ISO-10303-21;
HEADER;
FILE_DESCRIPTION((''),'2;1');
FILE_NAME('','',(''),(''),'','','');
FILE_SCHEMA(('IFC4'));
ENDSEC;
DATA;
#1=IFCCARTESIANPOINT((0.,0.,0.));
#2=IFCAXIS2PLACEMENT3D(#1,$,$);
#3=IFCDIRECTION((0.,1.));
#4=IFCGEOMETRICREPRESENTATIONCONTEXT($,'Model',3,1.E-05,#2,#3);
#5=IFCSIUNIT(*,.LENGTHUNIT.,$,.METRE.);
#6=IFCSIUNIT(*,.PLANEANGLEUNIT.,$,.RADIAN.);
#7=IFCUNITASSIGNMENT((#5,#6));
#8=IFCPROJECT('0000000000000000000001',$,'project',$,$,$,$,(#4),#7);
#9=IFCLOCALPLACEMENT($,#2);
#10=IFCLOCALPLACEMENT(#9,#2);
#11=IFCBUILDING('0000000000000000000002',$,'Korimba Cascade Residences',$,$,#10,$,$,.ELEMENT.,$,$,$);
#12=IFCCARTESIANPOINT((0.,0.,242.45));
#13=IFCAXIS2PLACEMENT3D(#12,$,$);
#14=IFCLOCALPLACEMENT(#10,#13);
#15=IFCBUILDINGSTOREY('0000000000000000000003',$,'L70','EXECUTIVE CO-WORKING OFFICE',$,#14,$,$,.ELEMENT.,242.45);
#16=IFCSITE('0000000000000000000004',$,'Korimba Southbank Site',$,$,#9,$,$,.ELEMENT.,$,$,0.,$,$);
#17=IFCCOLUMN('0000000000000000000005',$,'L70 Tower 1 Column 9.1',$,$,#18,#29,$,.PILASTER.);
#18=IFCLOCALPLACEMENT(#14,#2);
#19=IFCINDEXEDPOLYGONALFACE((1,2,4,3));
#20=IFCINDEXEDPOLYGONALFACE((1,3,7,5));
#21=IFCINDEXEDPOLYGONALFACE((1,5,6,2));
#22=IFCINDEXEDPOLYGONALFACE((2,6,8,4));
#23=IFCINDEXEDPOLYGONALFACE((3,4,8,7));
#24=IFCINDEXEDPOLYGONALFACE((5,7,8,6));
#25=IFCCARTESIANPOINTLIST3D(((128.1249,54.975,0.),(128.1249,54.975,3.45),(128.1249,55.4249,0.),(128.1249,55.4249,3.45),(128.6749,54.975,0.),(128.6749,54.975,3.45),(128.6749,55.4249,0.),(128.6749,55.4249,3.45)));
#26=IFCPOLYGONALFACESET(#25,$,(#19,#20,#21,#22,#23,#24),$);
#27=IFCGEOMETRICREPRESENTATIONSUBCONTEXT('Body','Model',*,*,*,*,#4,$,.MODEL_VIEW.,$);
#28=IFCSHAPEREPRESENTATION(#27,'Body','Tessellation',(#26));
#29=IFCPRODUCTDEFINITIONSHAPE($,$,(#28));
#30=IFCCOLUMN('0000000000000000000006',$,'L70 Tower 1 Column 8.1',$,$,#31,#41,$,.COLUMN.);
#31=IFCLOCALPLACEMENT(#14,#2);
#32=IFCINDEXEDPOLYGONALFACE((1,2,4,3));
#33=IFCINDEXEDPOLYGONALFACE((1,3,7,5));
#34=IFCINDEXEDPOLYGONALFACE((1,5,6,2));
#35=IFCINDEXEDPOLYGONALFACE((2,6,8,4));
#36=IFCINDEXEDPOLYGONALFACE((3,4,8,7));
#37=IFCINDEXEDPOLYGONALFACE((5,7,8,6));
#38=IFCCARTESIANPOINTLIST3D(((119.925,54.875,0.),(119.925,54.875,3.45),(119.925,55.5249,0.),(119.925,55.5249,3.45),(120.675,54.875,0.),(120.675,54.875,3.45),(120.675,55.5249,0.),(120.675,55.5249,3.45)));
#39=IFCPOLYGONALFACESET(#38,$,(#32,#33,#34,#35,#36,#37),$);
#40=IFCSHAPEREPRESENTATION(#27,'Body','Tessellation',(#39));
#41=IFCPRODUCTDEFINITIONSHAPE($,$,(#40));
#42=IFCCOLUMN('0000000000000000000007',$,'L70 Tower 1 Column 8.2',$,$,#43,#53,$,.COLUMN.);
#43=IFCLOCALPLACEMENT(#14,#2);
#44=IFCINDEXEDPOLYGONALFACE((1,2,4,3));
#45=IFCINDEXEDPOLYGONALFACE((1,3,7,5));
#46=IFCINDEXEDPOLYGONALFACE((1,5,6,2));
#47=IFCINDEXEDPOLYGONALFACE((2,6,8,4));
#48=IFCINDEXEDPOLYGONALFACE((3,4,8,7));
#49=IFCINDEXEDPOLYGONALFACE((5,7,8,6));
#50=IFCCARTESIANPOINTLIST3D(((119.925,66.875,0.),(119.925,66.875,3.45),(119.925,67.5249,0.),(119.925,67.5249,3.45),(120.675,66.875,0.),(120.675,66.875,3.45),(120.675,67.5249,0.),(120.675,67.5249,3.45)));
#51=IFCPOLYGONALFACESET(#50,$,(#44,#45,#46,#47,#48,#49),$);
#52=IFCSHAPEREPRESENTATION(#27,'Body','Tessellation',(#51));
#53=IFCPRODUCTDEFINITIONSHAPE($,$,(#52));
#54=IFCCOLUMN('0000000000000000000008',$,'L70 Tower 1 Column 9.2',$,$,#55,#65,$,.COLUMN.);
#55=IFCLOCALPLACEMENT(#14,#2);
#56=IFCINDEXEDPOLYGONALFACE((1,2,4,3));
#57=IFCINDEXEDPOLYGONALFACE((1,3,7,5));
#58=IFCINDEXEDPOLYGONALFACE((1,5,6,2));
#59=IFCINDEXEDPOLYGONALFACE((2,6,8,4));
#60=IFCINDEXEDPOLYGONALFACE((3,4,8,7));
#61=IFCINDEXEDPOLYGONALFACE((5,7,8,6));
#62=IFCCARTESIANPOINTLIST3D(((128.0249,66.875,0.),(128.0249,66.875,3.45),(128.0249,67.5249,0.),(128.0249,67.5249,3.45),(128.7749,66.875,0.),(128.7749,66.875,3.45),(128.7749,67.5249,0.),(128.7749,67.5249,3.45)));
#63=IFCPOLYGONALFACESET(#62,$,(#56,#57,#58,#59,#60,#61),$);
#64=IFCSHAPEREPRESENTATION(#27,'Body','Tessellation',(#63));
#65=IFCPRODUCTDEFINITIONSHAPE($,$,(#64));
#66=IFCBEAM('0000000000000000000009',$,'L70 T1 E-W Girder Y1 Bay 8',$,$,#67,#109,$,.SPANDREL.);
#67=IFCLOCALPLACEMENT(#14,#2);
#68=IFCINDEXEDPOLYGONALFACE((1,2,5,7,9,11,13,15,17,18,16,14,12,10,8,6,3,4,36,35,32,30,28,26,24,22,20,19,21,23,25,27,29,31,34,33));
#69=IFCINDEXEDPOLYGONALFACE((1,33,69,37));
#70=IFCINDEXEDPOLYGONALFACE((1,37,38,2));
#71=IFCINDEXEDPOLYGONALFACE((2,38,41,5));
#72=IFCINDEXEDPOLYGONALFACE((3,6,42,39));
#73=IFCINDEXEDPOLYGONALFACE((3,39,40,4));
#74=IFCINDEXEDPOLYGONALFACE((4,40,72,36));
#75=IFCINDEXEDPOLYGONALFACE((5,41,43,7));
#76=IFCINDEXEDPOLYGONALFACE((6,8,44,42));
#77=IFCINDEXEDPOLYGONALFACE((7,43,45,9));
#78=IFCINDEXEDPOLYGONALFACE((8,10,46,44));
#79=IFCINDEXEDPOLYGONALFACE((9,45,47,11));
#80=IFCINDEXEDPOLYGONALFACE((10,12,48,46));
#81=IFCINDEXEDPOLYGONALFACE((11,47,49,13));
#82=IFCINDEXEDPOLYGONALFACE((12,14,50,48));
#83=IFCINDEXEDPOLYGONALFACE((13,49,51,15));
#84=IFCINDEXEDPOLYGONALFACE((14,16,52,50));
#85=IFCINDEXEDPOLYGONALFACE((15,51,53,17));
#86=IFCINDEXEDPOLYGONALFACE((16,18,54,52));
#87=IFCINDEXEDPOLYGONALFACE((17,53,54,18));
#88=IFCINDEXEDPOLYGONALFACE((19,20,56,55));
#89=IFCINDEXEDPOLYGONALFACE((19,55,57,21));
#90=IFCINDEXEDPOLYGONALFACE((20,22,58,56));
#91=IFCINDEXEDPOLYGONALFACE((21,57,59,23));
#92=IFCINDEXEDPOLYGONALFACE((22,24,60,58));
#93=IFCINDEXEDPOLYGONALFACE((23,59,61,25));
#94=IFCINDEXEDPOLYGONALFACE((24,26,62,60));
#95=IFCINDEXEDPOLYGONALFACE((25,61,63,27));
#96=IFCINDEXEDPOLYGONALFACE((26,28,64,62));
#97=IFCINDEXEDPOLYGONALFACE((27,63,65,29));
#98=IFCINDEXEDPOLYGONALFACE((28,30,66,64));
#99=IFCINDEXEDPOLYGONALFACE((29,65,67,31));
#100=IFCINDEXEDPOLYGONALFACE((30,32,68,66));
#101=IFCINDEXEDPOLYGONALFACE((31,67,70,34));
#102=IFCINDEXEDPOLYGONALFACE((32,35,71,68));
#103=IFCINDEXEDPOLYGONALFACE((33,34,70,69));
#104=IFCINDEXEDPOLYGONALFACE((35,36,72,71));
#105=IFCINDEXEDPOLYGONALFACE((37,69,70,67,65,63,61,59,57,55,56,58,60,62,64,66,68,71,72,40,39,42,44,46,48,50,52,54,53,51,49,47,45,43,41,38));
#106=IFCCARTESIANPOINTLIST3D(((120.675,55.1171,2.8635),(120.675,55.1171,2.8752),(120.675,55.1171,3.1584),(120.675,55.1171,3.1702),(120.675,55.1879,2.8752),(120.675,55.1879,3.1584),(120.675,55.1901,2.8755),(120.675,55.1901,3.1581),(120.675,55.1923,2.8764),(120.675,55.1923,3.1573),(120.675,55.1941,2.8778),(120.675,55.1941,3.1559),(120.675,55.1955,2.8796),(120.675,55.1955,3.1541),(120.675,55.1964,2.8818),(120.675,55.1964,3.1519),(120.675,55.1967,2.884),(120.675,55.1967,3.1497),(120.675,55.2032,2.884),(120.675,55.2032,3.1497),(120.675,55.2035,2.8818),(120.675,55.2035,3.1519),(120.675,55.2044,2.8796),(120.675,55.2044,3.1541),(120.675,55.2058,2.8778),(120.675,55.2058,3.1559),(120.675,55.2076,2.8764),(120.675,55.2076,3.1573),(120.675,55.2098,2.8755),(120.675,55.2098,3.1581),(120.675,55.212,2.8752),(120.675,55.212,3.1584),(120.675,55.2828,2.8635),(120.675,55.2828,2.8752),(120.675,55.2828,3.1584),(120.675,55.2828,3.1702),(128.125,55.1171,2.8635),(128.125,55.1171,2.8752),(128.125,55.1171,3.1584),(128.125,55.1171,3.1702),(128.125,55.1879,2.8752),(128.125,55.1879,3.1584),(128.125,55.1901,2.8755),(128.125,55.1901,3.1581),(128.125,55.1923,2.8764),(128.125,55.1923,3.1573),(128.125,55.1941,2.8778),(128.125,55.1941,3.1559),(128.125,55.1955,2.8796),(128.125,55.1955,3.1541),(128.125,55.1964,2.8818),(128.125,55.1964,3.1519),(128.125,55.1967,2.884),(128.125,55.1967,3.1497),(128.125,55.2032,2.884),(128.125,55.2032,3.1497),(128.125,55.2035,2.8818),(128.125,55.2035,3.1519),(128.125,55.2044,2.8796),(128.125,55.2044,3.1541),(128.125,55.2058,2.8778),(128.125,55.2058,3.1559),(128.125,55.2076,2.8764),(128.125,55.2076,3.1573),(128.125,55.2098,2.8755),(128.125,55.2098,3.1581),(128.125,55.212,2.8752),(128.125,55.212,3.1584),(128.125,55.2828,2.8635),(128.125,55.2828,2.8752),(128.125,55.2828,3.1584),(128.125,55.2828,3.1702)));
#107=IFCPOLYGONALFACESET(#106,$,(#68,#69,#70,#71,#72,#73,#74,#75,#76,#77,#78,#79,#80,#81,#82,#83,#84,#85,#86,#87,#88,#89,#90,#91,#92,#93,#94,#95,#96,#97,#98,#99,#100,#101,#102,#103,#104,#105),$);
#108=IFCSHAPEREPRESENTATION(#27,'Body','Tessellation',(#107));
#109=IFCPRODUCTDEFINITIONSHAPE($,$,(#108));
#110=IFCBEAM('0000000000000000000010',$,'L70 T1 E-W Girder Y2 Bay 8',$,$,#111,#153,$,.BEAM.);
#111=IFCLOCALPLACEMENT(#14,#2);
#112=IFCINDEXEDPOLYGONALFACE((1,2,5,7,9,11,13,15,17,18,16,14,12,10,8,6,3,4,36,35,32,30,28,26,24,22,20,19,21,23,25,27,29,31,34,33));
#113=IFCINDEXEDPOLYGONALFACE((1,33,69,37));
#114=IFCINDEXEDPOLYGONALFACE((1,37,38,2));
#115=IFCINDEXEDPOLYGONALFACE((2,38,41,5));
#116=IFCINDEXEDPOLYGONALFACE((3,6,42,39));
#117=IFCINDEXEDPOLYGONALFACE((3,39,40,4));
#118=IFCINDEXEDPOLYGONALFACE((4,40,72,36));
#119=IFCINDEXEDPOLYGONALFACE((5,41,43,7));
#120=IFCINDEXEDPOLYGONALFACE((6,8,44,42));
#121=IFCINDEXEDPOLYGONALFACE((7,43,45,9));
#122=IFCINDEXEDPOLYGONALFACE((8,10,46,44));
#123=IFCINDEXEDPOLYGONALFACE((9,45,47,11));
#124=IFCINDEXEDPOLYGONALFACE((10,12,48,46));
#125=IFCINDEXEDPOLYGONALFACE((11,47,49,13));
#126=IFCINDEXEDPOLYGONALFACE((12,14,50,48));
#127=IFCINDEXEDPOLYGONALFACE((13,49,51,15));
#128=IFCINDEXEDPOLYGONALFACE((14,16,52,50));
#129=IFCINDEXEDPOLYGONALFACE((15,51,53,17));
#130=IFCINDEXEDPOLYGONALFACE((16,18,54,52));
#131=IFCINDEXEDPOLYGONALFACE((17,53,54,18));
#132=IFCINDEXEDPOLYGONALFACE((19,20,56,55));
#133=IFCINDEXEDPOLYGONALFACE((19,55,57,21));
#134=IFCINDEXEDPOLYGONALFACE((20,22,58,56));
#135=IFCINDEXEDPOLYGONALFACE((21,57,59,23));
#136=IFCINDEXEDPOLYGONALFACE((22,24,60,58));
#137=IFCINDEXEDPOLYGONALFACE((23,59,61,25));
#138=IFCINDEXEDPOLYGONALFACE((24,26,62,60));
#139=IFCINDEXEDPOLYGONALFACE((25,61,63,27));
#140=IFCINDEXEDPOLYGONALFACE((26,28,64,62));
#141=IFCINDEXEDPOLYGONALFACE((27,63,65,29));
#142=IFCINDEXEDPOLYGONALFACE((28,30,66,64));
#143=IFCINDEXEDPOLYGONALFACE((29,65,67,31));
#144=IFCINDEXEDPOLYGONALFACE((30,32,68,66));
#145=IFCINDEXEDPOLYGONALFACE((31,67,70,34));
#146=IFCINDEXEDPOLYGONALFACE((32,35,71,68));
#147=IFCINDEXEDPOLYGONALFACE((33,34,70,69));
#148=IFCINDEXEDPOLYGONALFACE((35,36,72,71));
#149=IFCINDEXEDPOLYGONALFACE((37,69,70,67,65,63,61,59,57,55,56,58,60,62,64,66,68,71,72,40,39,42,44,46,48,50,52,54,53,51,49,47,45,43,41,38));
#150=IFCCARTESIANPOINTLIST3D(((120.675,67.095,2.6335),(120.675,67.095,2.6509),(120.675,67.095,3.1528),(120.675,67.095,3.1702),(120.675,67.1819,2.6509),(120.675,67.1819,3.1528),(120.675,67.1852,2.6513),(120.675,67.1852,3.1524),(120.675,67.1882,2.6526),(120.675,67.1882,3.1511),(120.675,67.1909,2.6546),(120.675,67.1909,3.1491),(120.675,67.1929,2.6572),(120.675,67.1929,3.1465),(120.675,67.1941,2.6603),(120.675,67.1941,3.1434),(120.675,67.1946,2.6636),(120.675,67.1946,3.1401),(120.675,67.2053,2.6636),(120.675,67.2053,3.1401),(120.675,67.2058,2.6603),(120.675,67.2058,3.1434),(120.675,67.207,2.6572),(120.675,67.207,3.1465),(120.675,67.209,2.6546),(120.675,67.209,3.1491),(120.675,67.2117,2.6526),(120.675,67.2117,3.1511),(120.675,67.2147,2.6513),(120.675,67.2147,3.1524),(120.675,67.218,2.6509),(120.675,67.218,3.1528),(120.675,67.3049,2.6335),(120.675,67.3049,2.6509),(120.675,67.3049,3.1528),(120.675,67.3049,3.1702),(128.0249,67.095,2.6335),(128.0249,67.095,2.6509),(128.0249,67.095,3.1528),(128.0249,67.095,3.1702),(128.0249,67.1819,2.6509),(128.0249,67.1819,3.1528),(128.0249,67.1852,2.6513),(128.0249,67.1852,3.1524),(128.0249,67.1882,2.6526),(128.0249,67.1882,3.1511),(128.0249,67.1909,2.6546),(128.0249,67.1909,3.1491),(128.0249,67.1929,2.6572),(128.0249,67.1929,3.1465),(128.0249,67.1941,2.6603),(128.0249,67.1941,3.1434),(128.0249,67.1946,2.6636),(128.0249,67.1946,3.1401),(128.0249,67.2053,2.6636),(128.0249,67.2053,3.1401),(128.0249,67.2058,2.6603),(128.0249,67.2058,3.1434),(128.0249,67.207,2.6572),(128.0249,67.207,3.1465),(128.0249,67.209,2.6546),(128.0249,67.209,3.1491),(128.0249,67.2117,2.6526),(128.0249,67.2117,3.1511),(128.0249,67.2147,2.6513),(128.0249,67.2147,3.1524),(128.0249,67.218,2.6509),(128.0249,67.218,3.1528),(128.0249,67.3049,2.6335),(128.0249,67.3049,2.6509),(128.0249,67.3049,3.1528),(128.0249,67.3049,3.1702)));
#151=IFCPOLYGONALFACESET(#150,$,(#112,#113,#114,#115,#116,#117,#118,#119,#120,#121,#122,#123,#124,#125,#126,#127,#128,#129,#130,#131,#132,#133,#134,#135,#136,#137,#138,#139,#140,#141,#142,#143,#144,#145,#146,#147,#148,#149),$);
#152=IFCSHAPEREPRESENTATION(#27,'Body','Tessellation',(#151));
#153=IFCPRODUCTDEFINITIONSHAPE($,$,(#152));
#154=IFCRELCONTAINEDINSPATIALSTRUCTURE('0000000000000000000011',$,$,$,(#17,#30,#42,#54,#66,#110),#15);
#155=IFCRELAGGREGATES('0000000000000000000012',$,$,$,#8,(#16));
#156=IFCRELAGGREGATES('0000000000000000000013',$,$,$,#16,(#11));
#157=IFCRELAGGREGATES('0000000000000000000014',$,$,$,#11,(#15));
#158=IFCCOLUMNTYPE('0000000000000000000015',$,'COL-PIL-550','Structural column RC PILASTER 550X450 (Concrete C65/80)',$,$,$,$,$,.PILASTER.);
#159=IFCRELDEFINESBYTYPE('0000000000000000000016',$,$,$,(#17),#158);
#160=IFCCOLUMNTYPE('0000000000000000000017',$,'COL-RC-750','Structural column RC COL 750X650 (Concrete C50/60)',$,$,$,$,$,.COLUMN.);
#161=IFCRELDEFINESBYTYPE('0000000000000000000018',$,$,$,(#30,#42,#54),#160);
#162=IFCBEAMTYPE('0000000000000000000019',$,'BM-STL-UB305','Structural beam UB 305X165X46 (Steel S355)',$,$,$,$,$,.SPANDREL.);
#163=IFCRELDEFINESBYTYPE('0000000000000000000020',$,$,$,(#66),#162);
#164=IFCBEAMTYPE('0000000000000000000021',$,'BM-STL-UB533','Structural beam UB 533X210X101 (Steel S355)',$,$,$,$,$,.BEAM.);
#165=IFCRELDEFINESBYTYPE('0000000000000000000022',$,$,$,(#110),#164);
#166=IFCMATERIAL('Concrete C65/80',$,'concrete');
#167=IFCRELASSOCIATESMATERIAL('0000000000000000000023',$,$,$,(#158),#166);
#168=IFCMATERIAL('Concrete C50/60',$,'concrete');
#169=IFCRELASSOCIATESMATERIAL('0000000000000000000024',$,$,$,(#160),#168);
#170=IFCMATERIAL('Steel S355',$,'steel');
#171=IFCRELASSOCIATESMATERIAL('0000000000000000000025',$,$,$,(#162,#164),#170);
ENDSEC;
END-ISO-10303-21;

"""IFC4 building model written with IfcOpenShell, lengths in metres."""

from ifc_helpers import new_model, si_unit, direction, frame, origin, origin_2d, place, context, subcontext, project, spatial, rectangle, i_section, extrude, material, material_profile, profile_set, type_object, element, save


model = new_model("IFC4")

# Units and contexts
model_context = context("Model", 3, precision=1e-05, world=origin(), true_north=direction((0.0, 1.0)))
body_context = subcontext(model_context, "Body", "Model", "MODEL_VIEW")
ifc_project = project(units=[si_unit("LENGTHUNIT", "METRE"), si_unit("PLANEANGLEUNIT", "RADIAN")], contexts=[model_context])

# Site, building, storey
site_placement = place(None, origin())
site = spatial("IfcSite", under=ifc_project, at=site_placement, Name="Korimba Southbank Site", CompositionType="ELEMENT", RefElevation=0.0)
building_placement = place(site_placement, origin())
building = spatial("IfcBuilding", under=site, at=building_placement, Name="Korimba Cascade Residences", CompositionType="ELEMENT")
storey_placement = place(building_placement, frame((0.0, 0.0, 242.45)))
storey = spatial("IfcBuildingStorey", under=building, at=storey_placement, Name="L70", Description="EXECUTIVE CO-WORKING OFFICE", CompositionType="ELEMENT", Elevation=242.45)

# Columns
ifc_material_1 = material(Name="Concrete C65/80", Category="concrete")
ifc_material_profile_1 = material_profile(ifc_material_1, rectangle(XDim=0.55, YDim=0.45, at=origin_2d()), Name="Concrete C65/80")
ifc_profile_set_1 = profile_set([ifc_material_profile_1], Name="Concrete C65/80")
column_type_1 = type_object("IfcColumnType", Name="COL-PIL-550", Description="Structural column RC PILASTER 550X450 (Concrete C65/80)", PredefinedType="PILASTER", material=ifc_profile_set_1)
column_placement = place(storey_placement, frame((128.3999, 55.2, 0.0), z_axis=(0.0, 0.0, 1.0), x_axis=(1.0, 0.0, 0.0)))
element("IfcColumn", 1, at=column_placement, inside=storey, type_object=column_type_1, Name="L70 Tower 1 Column 9.1", PredefinedType="PILASTER", context=body_context, shape_type="SweptSolid", body=[
    extrude(rectangle(XDim=0.55, YDim=0.45, at=origin_2d()), origin(), (0.0, 0.0, 1.0), 3.45),
])
ifc_material_2 = material(Name="Concrete C50/60", Category="concrete")
ifc_material_profile_2 = material_profile(ifc_material_2, rectangle(XDim=0.75, YDim=0.6499, at=origin_2d()), Name="Concrete C50/60")
ifc_profile_set_2 = profile_set([ifc_material_profile_2], Name="Concrete C50/60")
column_type_2 = type_object("IfcColumnType", Name="COL-RC-750", Description="Structural column RC COL 750X650 (Concrete C50/60)", PredefinedType="COLUMN", material=ifc_profile_set_2)
for number, where, z_axis, x_axis, name in (
    (2, (120.3, 55.2, 0.0), (0.0, 0.0, 1.0), (1.0, 0.0, 0.0), "L70 Tower 1 Column 8.1"),
    (3, (120.3, 67.2, 0.0), (0.0, 0.0, 1.0), (1.0, 0.0, 0.0), "L70 Tower 1 Column 8.2"),
    (4, (128.3999, 67.2, 0.0), (0.0, 0.0, 1.0), (1.0, 0.0, 0.0), "L70 Tower 1 Column 9.2"),
):
    element("IfcColumn", number, at=place(storey_placement, frame(where, z_axis=z_axis, x_axis=x_axis)), inside=storey, type_object=column_type_2, Name=name, PredefinedType="COLUMN", context=body_context, shape_type="SweptSolid", body=[
        extrude(rectangle(XDim=0.75, YDim=0.6499, at=origin_2d()), origin(), (0.0, 0.0, 1.0), 3.45),
    ])

# Beams
ifc_material_3 = material(Name="Steel S355", Category="steel")
ifc_material_profile_3 = material_profile(ifc_material_3, i_section(OverallWidth=0.1658, OverallDepth=0.3066, WebThickness=0.0066, FlangeThickness=0.0117, FilletRadius=0.0088, at=origin_2d()), Name="Steel S355")
ifc_profile_set_3 = profile_set([ifc_material_profile_3], Name="Steel S355")
beam_type_1 = type_object("IfcBeamType", Name="BM-STL-UB305", Description="Structural beam UB 305X165X46 (Steel S355)", PredefinedType="SPANDREL", material=ifc_profile_set_3)
beam_1_placement = place(storey_placement, frame((120.675, 55.2, 3.0168), z_axis=(1.0, 0.0, 0.0), x_axis=(0.0, 1.0, 0.0)))
element("IfcBeam", 5, at=beam_1_placement, inside=storey, type_object=beam_type_1, Name="L70 T1 E-W Girder Y1 Bay 8", PredefinedType="SPANDREL", context=body_context, shape_type="SweptSolid", body=[
    extrude(i_section(OverallWidth=0.1658, OverallDepth=0.3066, WebThickness=0.0066, FlangeThickness=0.0117, FilletRadius=0.0088, at=origin_2d()), origin(), (0.0, 0.0, 1.0), 7.45),
])
ifc_material_profile_4 = material_profile(ifc_material_3, i_section(OverallWidth=0.21, OverallDepth=0.5366, WebThickness=0.0107, FlangeThickness=0.0173, FilletRadius=0.0127, at=origin_2d()), Name="Steel S355")
ifc_profile_set_4 = profile_set([ifc_material_profile_4], Name="Steel S355")
beam_type_2 = type_object("IfcBeamType", Name="BM-STL-UB533", Description="Structural beam UB 533X210X101 (Steel S355)", PredefinedType="BEAM", material=ifc_profile_set_4)
beam_2_placement = place(storey_placement, frame((120.675, 67.2, 2.9019), z_axis=(1.0, 0.0, 0.0), x_axis=(0.0, 1.0, 0.0)))
element("IfcBeam", 6, at=beam_2_placement, inside=storey, type_object=beam_type_2, Name="L70 T1 E-W Girder Y2 Bay 8", PredefinedType="BEAM", context=body_context, shape_type="SweptSolid", body=[
    extrude(i_section(OverallWidth=0.21, OverallDepth=0.5366, WebThickness=0.0107, FlangeThickness=0.0173, FilletRadius=0.0127, at=origin_2d()), origin(), (0.0, 0.0, 1.0), 7.3499),
])

save(model, "model.ifc")
